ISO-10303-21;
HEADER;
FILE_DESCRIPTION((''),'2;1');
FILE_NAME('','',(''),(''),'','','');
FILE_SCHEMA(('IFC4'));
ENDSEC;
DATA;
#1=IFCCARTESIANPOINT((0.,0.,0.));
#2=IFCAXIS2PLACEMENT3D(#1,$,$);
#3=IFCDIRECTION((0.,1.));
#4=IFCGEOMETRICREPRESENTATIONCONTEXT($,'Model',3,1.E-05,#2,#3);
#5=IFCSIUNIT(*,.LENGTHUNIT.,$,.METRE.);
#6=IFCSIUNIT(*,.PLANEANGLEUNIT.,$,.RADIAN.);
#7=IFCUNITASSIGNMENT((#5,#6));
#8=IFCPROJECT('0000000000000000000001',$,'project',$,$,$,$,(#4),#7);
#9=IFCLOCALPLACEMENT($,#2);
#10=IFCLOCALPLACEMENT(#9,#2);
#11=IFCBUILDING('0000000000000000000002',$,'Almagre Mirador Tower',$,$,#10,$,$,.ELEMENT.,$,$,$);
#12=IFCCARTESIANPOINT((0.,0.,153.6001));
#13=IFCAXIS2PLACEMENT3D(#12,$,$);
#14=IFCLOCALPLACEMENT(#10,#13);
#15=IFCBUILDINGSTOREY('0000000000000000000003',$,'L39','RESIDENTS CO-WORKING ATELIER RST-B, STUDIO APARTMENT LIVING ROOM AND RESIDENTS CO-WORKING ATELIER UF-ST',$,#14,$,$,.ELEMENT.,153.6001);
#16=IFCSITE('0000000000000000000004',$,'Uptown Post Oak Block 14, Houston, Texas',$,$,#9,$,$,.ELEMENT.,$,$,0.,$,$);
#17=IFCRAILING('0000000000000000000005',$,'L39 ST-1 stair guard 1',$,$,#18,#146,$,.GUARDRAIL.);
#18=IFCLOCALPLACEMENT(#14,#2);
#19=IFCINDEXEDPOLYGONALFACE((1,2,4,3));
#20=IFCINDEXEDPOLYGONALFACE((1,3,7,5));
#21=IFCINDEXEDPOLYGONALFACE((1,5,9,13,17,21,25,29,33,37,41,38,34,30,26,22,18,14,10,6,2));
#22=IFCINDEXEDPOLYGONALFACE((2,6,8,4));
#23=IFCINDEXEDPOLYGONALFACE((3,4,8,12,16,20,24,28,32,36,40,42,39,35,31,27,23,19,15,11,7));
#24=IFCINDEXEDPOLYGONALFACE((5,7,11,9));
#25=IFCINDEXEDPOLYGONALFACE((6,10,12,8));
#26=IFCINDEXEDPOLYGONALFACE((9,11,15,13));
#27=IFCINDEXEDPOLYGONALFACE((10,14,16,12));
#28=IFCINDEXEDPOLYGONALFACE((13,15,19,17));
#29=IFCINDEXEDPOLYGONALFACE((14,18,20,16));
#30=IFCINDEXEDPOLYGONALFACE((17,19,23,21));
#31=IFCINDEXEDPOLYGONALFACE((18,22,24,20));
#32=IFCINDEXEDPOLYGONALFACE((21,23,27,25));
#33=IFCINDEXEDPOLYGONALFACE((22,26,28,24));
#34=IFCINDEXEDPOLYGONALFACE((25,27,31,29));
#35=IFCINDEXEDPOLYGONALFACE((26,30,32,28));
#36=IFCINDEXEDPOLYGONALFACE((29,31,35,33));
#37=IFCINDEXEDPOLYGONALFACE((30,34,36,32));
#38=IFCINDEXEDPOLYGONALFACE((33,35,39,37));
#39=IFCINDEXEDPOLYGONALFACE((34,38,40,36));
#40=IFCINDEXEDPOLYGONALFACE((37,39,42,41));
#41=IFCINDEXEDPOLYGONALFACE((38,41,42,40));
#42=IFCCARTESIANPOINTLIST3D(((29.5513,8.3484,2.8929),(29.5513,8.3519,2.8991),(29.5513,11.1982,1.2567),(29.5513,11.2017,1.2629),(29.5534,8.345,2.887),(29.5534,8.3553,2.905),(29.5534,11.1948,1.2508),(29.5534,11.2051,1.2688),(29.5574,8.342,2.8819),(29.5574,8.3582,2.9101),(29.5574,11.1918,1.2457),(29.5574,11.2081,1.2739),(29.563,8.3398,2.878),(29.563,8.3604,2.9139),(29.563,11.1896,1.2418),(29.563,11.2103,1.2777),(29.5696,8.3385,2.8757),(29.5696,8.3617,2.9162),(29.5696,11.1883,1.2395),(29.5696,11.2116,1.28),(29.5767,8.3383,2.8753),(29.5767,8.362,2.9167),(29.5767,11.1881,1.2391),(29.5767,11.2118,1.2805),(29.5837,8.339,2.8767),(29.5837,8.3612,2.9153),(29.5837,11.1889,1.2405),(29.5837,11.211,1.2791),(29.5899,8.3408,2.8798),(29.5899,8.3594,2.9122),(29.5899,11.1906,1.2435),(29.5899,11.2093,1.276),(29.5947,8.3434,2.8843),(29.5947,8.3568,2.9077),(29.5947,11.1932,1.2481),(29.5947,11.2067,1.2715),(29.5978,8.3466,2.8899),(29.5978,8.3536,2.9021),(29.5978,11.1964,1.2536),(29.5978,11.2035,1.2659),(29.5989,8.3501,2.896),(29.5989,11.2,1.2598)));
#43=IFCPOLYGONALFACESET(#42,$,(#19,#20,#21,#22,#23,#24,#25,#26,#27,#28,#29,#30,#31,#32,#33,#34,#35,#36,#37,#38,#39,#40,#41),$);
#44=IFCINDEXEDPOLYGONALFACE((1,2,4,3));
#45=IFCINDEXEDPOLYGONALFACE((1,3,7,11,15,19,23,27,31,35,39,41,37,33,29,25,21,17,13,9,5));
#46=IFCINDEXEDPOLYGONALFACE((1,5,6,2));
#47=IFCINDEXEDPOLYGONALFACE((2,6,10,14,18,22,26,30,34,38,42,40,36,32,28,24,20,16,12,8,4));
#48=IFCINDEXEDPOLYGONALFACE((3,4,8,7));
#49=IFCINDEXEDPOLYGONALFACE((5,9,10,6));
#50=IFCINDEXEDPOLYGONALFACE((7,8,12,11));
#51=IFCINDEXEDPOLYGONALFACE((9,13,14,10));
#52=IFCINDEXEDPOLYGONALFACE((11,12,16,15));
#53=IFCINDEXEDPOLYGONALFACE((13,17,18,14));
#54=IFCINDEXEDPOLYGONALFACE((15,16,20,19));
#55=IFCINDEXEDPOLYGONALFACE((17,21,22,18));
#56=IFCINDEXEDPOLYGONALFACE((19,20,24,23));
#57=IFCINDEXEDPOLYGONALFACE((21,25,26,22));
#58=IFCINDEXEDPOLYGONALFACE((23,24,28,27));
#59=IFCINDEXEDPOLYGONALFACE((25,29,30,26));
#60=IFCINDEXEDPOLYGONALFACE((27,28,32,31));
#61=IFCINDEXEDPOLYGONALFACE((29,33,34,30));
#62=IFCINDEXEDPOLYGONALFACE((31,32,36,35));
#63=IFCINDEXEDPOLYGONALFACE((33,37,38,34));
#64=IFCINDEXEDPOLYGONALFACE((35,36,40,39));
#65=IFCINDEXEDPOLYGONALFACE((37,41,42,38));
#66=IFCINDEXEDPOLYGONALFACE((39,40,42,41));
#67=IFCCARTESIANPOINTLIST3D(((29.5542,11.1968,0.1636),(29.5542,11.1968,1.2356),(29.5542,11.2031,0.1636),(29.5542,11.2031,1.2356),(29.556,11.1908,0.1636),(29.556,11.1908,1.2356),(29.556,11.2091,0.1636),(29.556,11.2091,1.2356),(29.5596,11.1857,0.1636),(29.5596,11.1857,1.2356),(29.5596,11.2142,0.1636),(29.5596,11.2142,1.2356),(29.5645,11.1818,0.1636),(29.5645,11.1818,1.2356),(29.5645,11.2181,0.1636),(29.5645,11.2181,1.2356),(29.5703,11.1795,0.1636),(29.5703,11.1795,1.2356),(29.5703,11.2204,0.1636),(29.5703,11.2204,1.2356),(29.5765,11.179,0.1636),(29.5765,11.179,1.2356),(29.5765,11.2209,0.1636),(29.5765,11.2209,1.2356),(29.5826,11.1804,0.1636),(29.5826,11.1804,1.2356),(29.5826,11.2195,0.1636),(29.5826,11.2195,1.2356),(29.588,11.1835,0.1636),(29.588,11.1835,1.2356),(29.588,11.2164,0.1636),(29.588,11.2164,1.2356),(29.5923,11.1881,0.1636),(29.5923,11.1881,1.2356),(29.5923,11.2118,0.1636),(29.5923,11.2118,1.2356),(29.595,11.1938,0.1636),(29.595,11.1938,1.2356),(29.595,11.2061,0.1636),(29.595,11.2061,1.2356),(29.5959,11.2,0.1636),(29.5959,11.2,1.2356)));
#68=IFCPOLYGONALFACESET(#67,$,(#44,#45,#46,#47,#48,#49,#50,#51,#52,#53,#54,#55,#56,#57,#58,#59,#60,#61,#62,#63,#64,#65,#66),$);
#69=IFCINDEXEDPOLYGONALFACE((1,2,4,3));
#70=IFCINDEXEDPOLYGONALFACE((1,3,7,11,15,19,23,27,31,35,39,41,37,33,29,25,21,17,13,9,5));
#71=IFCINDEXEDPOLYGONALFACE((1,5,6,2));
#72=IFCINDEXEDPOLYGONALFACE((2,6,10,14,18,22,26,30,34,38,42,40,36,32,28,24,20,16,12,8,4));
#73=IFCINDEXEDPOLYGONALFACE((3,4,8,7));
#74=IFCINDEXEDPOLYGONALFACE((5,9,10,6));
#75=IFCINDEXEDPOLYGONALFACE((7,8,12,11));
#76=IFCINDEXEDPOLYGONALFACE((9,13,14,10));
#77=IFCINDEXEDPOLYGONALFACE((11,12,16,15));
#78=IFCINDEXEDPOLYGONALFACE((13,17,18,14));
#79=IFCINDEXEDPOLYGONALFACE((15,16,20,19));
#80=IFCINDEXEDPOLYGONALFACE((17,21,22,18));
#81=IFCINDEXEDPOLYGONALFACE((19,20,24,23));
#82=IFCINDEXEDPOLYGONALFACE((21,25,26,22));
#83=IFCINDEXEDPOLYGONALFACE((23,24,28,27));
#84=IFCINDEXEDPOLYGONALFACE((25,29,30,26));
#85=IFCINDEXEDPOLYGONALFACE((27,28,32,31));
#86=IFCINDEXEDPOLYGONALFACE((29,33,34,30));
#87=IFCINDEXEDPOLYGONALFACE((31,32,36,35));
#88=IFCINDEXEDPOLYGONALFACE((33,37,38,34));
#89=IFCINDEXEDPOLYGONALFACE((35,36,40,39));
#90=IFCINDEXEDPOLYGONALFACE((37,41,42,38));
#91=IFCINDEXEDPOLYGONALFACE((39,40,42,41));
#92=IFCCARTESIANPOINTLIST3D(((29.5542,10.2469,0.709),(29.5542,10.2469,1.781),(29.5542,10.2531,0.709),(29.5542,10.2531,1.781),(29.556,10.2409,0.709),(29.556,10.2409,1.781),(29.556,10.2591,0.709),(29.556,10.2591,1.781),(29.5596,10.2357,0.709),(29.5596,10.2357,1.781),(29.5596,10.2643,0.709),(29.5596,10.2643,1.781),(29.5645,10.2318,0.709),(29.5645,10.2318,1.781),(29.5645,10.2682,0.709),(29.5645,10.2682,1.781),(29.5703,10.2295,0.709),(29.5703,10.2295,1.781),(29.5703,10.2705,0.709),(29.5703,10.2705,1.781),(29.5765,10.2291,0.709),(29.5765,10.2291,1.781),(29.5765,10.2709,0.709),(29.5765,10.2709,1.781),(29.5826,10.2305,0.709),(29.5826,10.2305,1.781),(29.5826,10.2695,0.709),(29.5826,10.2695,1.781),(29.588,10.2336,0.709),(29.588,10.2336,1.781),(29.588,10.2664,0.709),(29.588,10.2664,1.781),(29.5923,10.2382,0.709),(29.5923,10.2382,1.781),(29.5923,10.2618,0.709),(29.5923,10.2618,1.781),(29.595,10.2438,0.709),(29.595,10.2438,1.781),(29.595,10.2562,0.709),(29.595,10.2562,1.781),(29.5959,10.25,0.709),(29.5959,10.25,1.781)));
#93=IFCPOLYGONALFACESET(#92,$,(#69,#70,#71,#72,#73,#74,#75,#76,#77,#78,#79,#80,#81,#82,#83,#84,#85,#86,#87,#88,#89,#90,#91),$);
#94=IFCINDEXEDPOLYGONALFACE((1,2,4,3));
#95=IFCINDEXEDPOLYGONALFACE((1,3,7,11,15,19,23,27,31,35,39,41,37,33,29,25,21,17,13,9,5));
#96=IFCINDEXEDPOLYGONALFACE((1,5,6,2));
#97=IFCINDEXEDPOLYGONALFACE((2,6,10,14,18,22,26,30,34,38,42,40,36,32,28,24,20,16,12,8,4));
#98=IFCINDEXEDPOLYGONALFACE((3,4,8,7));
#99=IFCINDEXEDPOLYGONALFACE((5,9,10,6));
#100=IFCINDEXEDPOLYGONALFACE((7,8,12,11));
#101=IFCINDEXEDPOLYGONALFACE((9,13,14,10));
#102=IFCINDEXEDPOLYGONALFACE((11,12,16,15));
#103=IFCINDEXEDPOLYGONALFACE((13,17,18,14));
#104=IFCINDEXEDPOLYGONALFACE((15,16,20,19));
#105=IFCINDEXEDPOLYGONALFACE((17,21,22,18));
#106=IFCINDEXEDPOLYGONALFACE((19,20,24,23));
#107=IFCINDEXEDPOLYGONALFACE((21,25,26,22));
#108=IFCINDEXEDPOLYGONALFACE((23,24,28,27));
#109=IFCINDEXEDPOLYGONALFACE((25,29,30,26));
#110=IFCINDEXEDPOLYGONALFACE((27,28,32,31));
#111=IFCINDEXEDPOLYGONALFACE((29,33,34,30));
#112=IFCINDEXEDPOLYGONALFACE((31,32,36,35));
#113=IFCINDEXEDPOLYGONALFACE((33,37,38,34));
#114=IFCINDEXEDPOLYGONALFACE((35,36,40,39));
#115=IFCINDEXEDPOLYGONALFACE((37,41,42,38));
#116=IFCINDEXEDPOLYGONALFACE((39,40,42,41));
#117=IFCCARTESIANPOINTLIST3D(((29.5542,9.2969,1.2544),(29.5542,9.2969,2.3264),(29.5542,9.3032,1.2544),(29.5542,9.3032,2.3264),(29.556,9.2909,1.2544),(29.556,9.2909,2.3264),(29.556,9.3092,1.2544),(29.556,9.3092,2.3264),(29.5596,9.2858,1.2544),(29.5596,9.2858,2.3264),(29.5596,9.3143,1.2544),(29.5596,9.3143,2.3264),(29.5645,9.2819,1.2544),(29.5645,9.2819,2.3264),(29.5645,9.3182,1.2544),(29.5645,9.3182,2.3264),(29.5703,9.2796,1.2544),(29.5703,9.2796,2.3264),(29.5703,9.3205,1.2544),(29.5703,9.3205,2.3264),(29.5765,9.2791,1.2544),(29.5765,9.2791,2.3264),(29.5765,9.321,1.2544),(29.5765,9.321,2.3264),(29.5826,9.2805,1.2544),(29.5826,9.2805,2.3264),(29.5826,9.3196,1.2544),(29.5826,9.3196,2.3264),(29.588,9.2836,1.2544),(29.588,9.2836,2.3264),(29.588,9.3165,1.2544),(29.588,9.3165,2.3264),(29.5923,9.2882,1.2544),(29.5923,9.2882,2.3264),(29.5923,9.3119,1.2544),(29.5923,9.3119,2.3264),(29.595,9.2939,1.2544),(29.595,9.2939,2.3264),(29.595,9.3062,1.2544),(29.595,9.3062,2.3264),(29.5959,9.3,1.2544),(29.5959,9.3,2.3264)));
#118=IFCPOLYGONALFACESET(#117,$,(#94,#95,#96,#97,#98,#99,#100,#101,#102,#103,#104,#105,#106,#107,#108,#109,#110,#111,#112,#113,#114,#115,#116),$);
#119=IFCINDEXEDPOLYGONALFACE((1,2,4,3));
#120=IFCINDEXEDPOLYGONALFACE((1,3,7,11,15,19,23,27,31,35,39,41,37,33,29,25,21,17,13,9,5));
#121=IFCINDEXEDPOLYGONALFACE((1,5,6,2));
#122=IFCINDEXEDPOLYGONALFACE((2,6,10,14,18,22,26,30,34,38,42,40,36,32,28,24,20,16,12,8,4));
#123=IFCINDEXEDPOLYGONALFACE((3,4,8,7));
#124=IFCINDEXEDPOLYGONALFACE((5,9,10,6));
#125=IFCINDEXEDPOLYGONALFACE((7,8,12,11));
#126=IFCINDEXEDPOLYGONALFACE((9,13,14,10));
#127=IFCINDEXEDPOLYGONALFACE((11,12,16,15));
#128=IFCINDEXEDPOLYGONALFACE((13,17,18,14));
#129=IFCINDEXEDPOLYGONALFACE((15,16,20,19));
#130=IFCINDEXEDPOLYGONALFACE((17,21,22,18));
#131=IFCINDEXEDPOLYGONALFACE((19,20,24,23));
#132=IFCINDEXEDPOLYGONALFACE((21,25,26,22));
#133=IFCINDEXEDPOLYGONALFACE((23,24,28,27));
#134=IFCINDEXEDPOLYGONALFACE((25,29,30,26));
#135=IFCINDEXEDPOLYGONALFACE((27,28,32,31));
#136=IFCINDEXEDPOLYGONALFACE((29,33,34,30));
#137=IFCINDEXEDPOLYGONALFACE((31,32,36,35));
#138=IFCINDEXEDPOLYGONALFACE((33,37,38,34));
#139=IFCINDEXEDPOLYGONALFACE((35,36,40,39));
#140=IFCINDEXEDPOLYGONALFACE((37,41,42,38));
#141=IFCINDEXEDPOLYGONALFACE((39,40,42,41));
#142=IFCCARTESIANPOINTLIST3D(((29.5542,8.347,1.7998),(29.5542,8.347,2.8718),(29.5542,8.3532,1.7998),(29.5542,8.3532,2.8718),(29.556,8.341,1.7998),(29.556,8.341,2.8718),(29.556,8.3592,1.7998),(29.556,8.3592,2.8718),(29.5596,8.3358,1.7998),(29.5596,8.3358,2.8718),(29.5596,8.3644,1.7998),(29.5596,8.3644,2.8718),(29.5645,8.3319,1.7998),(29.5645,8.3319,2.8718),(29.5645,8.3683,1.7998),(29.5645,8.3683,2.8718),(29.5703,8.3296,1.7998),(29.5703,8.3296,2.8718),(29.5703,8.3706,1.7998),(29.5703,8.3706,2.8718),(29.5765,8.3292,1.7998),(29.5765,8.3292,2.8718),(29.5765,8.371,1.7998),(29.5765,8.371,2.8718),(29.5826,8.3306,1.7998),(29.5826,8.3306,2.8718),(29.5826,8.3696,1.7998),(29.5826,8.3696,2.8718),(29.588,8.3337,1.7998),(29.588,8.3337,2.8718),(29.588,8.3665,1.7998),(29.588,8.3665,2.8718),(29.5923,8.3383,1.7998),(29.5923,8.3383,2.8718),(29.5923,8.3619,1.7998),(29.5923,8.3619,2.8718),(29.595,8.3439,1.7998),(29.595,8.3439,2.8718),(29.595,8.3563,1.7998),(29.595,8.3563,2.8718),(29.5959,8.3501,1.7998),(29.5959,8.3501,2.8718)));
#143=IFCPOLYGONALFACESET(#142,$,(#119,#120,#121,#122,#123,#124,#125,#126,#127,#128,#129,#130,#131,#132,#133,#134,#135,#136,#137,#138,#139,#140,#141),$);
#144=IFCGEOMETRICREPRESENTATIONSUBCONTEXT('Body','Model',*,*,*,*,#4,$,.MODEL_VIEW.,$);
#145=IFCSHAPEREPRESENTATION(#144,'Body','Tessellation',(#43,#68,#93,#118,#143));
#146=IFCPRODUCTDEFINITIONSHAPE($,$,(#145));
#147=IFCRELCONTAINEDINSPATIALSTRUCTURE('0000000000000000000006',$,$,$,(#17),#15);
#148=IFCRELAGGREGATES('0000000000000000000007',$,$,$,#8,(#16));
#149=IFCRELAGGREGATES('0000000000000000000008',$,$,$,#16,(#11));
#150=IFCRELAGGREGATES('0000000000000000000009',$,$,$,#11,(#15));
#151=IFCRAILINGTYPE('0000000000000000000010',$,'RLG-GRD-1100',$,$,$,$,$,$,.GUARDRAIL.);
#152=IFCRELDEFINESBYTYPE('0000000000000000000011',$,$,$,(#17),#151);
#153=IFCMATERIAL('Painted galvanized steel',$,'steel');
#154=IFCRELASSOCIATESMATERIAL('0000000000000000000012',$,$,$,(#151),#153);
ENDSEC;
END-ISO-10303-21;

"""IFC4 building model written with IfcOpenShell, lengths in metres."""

from ifc_helpers import new_model, si_unit, direction, frame, origin, origin_2d, place, context, subcontext, project, spatial, circle, extrude, material, type_object, element, save


model = new_model("IFC4")

# Units and contexts
model_context = context("Model", 3, precision=1e-05, world=origin(), true_north=direction((0.0, 1.0)))
body_context = subcontext(model_context, "Body", "Model", "MODEL_VIEW")
ifc_project = project(units=[si_unit("LENGTHUNIT", "METRE"), si_unit("PLANEANGLEUNIT", "RADIAN")], contexts=[model_context])

# Site, building, storey
site_placement = place(None, origin())
site = spatial("IfcSite", under=ifc_project, at=site_placement, Name="Uptown Post Oak Block 14, Houston, Texas", CompositionType="ELEMENT", RefElevation=0.0)
building_placement = place(site_placement, origin())
building = spatial("IfcBuilding", under=site, at=building_placement, Name="Almagre Mirador Tower", CompositionType="ELEMENT")
storey_placement = place(building_placement, frame((0.0, 0.0, 153.6001)))
storey = spatial("IfcBuildingStorey", under=building, at=storey_placement, Name="L39", Description="RESIDENTS CO-WORKING ATELIER RST-B, STUDIO APARTMENT LIVING ROOM AND RESIDENTS CO-WORKING ATELIER UF-ST", CompositionType="ELEMENT", Elevation=153.6001)

# Railing
ifc_material_1 = material(Name="Painted galvanized steel", Category="steel")
railing_type_1 = type_object("IfcRailingType", Name="RLG-GRD-1100", PredefinedType="GUARDRAIL", material=ifc_material_1)
railing_1_placement = place(storey_placement, frame((29.575, 11.2, 0.1636)))
element("IfcRailing", 1, at=railing_1_placement, inside=storey, type_object=railing_type_1, Name="L39 ST-1 stair guard 1", PredefinedType="GUARDRAIL", context=body_context, shape_type="SweptSolid", body=[
    extrude(circle(Radius=0.0239, at=origin_2d()), frame((0.0, 0.0, 1.0962), z_axis=(0.0, -0.867226, 0.497914), x_axis=(1.0, 0.0, 0.0)), (0.0, 0.0, 1.0), 3.2861),
    extrude(circle(Radius=0.021, at=origin_2d()), origin(), (0.0, 0.0, 1.0), 1.072),
    extrude(circle(Radius=0.021, at=origin_2d()), frame((0.0, -0.95, 0.5454)), (0.0, 0.0, 1.0), 1.072),
    extrude(circle(Radius=0.021, at=origin_2d()), frame((0.0, -1.8999, 1.0908)), (0.0, 0.0, 1.0), 1.072),
    extrude(circle(Radius=0.021, at=origin_2d()), frame((0.0, -2.8499, 1.6362)), (0.0, 0.0, 1.0), 1.072),
])

save(model, "model.ifc")
